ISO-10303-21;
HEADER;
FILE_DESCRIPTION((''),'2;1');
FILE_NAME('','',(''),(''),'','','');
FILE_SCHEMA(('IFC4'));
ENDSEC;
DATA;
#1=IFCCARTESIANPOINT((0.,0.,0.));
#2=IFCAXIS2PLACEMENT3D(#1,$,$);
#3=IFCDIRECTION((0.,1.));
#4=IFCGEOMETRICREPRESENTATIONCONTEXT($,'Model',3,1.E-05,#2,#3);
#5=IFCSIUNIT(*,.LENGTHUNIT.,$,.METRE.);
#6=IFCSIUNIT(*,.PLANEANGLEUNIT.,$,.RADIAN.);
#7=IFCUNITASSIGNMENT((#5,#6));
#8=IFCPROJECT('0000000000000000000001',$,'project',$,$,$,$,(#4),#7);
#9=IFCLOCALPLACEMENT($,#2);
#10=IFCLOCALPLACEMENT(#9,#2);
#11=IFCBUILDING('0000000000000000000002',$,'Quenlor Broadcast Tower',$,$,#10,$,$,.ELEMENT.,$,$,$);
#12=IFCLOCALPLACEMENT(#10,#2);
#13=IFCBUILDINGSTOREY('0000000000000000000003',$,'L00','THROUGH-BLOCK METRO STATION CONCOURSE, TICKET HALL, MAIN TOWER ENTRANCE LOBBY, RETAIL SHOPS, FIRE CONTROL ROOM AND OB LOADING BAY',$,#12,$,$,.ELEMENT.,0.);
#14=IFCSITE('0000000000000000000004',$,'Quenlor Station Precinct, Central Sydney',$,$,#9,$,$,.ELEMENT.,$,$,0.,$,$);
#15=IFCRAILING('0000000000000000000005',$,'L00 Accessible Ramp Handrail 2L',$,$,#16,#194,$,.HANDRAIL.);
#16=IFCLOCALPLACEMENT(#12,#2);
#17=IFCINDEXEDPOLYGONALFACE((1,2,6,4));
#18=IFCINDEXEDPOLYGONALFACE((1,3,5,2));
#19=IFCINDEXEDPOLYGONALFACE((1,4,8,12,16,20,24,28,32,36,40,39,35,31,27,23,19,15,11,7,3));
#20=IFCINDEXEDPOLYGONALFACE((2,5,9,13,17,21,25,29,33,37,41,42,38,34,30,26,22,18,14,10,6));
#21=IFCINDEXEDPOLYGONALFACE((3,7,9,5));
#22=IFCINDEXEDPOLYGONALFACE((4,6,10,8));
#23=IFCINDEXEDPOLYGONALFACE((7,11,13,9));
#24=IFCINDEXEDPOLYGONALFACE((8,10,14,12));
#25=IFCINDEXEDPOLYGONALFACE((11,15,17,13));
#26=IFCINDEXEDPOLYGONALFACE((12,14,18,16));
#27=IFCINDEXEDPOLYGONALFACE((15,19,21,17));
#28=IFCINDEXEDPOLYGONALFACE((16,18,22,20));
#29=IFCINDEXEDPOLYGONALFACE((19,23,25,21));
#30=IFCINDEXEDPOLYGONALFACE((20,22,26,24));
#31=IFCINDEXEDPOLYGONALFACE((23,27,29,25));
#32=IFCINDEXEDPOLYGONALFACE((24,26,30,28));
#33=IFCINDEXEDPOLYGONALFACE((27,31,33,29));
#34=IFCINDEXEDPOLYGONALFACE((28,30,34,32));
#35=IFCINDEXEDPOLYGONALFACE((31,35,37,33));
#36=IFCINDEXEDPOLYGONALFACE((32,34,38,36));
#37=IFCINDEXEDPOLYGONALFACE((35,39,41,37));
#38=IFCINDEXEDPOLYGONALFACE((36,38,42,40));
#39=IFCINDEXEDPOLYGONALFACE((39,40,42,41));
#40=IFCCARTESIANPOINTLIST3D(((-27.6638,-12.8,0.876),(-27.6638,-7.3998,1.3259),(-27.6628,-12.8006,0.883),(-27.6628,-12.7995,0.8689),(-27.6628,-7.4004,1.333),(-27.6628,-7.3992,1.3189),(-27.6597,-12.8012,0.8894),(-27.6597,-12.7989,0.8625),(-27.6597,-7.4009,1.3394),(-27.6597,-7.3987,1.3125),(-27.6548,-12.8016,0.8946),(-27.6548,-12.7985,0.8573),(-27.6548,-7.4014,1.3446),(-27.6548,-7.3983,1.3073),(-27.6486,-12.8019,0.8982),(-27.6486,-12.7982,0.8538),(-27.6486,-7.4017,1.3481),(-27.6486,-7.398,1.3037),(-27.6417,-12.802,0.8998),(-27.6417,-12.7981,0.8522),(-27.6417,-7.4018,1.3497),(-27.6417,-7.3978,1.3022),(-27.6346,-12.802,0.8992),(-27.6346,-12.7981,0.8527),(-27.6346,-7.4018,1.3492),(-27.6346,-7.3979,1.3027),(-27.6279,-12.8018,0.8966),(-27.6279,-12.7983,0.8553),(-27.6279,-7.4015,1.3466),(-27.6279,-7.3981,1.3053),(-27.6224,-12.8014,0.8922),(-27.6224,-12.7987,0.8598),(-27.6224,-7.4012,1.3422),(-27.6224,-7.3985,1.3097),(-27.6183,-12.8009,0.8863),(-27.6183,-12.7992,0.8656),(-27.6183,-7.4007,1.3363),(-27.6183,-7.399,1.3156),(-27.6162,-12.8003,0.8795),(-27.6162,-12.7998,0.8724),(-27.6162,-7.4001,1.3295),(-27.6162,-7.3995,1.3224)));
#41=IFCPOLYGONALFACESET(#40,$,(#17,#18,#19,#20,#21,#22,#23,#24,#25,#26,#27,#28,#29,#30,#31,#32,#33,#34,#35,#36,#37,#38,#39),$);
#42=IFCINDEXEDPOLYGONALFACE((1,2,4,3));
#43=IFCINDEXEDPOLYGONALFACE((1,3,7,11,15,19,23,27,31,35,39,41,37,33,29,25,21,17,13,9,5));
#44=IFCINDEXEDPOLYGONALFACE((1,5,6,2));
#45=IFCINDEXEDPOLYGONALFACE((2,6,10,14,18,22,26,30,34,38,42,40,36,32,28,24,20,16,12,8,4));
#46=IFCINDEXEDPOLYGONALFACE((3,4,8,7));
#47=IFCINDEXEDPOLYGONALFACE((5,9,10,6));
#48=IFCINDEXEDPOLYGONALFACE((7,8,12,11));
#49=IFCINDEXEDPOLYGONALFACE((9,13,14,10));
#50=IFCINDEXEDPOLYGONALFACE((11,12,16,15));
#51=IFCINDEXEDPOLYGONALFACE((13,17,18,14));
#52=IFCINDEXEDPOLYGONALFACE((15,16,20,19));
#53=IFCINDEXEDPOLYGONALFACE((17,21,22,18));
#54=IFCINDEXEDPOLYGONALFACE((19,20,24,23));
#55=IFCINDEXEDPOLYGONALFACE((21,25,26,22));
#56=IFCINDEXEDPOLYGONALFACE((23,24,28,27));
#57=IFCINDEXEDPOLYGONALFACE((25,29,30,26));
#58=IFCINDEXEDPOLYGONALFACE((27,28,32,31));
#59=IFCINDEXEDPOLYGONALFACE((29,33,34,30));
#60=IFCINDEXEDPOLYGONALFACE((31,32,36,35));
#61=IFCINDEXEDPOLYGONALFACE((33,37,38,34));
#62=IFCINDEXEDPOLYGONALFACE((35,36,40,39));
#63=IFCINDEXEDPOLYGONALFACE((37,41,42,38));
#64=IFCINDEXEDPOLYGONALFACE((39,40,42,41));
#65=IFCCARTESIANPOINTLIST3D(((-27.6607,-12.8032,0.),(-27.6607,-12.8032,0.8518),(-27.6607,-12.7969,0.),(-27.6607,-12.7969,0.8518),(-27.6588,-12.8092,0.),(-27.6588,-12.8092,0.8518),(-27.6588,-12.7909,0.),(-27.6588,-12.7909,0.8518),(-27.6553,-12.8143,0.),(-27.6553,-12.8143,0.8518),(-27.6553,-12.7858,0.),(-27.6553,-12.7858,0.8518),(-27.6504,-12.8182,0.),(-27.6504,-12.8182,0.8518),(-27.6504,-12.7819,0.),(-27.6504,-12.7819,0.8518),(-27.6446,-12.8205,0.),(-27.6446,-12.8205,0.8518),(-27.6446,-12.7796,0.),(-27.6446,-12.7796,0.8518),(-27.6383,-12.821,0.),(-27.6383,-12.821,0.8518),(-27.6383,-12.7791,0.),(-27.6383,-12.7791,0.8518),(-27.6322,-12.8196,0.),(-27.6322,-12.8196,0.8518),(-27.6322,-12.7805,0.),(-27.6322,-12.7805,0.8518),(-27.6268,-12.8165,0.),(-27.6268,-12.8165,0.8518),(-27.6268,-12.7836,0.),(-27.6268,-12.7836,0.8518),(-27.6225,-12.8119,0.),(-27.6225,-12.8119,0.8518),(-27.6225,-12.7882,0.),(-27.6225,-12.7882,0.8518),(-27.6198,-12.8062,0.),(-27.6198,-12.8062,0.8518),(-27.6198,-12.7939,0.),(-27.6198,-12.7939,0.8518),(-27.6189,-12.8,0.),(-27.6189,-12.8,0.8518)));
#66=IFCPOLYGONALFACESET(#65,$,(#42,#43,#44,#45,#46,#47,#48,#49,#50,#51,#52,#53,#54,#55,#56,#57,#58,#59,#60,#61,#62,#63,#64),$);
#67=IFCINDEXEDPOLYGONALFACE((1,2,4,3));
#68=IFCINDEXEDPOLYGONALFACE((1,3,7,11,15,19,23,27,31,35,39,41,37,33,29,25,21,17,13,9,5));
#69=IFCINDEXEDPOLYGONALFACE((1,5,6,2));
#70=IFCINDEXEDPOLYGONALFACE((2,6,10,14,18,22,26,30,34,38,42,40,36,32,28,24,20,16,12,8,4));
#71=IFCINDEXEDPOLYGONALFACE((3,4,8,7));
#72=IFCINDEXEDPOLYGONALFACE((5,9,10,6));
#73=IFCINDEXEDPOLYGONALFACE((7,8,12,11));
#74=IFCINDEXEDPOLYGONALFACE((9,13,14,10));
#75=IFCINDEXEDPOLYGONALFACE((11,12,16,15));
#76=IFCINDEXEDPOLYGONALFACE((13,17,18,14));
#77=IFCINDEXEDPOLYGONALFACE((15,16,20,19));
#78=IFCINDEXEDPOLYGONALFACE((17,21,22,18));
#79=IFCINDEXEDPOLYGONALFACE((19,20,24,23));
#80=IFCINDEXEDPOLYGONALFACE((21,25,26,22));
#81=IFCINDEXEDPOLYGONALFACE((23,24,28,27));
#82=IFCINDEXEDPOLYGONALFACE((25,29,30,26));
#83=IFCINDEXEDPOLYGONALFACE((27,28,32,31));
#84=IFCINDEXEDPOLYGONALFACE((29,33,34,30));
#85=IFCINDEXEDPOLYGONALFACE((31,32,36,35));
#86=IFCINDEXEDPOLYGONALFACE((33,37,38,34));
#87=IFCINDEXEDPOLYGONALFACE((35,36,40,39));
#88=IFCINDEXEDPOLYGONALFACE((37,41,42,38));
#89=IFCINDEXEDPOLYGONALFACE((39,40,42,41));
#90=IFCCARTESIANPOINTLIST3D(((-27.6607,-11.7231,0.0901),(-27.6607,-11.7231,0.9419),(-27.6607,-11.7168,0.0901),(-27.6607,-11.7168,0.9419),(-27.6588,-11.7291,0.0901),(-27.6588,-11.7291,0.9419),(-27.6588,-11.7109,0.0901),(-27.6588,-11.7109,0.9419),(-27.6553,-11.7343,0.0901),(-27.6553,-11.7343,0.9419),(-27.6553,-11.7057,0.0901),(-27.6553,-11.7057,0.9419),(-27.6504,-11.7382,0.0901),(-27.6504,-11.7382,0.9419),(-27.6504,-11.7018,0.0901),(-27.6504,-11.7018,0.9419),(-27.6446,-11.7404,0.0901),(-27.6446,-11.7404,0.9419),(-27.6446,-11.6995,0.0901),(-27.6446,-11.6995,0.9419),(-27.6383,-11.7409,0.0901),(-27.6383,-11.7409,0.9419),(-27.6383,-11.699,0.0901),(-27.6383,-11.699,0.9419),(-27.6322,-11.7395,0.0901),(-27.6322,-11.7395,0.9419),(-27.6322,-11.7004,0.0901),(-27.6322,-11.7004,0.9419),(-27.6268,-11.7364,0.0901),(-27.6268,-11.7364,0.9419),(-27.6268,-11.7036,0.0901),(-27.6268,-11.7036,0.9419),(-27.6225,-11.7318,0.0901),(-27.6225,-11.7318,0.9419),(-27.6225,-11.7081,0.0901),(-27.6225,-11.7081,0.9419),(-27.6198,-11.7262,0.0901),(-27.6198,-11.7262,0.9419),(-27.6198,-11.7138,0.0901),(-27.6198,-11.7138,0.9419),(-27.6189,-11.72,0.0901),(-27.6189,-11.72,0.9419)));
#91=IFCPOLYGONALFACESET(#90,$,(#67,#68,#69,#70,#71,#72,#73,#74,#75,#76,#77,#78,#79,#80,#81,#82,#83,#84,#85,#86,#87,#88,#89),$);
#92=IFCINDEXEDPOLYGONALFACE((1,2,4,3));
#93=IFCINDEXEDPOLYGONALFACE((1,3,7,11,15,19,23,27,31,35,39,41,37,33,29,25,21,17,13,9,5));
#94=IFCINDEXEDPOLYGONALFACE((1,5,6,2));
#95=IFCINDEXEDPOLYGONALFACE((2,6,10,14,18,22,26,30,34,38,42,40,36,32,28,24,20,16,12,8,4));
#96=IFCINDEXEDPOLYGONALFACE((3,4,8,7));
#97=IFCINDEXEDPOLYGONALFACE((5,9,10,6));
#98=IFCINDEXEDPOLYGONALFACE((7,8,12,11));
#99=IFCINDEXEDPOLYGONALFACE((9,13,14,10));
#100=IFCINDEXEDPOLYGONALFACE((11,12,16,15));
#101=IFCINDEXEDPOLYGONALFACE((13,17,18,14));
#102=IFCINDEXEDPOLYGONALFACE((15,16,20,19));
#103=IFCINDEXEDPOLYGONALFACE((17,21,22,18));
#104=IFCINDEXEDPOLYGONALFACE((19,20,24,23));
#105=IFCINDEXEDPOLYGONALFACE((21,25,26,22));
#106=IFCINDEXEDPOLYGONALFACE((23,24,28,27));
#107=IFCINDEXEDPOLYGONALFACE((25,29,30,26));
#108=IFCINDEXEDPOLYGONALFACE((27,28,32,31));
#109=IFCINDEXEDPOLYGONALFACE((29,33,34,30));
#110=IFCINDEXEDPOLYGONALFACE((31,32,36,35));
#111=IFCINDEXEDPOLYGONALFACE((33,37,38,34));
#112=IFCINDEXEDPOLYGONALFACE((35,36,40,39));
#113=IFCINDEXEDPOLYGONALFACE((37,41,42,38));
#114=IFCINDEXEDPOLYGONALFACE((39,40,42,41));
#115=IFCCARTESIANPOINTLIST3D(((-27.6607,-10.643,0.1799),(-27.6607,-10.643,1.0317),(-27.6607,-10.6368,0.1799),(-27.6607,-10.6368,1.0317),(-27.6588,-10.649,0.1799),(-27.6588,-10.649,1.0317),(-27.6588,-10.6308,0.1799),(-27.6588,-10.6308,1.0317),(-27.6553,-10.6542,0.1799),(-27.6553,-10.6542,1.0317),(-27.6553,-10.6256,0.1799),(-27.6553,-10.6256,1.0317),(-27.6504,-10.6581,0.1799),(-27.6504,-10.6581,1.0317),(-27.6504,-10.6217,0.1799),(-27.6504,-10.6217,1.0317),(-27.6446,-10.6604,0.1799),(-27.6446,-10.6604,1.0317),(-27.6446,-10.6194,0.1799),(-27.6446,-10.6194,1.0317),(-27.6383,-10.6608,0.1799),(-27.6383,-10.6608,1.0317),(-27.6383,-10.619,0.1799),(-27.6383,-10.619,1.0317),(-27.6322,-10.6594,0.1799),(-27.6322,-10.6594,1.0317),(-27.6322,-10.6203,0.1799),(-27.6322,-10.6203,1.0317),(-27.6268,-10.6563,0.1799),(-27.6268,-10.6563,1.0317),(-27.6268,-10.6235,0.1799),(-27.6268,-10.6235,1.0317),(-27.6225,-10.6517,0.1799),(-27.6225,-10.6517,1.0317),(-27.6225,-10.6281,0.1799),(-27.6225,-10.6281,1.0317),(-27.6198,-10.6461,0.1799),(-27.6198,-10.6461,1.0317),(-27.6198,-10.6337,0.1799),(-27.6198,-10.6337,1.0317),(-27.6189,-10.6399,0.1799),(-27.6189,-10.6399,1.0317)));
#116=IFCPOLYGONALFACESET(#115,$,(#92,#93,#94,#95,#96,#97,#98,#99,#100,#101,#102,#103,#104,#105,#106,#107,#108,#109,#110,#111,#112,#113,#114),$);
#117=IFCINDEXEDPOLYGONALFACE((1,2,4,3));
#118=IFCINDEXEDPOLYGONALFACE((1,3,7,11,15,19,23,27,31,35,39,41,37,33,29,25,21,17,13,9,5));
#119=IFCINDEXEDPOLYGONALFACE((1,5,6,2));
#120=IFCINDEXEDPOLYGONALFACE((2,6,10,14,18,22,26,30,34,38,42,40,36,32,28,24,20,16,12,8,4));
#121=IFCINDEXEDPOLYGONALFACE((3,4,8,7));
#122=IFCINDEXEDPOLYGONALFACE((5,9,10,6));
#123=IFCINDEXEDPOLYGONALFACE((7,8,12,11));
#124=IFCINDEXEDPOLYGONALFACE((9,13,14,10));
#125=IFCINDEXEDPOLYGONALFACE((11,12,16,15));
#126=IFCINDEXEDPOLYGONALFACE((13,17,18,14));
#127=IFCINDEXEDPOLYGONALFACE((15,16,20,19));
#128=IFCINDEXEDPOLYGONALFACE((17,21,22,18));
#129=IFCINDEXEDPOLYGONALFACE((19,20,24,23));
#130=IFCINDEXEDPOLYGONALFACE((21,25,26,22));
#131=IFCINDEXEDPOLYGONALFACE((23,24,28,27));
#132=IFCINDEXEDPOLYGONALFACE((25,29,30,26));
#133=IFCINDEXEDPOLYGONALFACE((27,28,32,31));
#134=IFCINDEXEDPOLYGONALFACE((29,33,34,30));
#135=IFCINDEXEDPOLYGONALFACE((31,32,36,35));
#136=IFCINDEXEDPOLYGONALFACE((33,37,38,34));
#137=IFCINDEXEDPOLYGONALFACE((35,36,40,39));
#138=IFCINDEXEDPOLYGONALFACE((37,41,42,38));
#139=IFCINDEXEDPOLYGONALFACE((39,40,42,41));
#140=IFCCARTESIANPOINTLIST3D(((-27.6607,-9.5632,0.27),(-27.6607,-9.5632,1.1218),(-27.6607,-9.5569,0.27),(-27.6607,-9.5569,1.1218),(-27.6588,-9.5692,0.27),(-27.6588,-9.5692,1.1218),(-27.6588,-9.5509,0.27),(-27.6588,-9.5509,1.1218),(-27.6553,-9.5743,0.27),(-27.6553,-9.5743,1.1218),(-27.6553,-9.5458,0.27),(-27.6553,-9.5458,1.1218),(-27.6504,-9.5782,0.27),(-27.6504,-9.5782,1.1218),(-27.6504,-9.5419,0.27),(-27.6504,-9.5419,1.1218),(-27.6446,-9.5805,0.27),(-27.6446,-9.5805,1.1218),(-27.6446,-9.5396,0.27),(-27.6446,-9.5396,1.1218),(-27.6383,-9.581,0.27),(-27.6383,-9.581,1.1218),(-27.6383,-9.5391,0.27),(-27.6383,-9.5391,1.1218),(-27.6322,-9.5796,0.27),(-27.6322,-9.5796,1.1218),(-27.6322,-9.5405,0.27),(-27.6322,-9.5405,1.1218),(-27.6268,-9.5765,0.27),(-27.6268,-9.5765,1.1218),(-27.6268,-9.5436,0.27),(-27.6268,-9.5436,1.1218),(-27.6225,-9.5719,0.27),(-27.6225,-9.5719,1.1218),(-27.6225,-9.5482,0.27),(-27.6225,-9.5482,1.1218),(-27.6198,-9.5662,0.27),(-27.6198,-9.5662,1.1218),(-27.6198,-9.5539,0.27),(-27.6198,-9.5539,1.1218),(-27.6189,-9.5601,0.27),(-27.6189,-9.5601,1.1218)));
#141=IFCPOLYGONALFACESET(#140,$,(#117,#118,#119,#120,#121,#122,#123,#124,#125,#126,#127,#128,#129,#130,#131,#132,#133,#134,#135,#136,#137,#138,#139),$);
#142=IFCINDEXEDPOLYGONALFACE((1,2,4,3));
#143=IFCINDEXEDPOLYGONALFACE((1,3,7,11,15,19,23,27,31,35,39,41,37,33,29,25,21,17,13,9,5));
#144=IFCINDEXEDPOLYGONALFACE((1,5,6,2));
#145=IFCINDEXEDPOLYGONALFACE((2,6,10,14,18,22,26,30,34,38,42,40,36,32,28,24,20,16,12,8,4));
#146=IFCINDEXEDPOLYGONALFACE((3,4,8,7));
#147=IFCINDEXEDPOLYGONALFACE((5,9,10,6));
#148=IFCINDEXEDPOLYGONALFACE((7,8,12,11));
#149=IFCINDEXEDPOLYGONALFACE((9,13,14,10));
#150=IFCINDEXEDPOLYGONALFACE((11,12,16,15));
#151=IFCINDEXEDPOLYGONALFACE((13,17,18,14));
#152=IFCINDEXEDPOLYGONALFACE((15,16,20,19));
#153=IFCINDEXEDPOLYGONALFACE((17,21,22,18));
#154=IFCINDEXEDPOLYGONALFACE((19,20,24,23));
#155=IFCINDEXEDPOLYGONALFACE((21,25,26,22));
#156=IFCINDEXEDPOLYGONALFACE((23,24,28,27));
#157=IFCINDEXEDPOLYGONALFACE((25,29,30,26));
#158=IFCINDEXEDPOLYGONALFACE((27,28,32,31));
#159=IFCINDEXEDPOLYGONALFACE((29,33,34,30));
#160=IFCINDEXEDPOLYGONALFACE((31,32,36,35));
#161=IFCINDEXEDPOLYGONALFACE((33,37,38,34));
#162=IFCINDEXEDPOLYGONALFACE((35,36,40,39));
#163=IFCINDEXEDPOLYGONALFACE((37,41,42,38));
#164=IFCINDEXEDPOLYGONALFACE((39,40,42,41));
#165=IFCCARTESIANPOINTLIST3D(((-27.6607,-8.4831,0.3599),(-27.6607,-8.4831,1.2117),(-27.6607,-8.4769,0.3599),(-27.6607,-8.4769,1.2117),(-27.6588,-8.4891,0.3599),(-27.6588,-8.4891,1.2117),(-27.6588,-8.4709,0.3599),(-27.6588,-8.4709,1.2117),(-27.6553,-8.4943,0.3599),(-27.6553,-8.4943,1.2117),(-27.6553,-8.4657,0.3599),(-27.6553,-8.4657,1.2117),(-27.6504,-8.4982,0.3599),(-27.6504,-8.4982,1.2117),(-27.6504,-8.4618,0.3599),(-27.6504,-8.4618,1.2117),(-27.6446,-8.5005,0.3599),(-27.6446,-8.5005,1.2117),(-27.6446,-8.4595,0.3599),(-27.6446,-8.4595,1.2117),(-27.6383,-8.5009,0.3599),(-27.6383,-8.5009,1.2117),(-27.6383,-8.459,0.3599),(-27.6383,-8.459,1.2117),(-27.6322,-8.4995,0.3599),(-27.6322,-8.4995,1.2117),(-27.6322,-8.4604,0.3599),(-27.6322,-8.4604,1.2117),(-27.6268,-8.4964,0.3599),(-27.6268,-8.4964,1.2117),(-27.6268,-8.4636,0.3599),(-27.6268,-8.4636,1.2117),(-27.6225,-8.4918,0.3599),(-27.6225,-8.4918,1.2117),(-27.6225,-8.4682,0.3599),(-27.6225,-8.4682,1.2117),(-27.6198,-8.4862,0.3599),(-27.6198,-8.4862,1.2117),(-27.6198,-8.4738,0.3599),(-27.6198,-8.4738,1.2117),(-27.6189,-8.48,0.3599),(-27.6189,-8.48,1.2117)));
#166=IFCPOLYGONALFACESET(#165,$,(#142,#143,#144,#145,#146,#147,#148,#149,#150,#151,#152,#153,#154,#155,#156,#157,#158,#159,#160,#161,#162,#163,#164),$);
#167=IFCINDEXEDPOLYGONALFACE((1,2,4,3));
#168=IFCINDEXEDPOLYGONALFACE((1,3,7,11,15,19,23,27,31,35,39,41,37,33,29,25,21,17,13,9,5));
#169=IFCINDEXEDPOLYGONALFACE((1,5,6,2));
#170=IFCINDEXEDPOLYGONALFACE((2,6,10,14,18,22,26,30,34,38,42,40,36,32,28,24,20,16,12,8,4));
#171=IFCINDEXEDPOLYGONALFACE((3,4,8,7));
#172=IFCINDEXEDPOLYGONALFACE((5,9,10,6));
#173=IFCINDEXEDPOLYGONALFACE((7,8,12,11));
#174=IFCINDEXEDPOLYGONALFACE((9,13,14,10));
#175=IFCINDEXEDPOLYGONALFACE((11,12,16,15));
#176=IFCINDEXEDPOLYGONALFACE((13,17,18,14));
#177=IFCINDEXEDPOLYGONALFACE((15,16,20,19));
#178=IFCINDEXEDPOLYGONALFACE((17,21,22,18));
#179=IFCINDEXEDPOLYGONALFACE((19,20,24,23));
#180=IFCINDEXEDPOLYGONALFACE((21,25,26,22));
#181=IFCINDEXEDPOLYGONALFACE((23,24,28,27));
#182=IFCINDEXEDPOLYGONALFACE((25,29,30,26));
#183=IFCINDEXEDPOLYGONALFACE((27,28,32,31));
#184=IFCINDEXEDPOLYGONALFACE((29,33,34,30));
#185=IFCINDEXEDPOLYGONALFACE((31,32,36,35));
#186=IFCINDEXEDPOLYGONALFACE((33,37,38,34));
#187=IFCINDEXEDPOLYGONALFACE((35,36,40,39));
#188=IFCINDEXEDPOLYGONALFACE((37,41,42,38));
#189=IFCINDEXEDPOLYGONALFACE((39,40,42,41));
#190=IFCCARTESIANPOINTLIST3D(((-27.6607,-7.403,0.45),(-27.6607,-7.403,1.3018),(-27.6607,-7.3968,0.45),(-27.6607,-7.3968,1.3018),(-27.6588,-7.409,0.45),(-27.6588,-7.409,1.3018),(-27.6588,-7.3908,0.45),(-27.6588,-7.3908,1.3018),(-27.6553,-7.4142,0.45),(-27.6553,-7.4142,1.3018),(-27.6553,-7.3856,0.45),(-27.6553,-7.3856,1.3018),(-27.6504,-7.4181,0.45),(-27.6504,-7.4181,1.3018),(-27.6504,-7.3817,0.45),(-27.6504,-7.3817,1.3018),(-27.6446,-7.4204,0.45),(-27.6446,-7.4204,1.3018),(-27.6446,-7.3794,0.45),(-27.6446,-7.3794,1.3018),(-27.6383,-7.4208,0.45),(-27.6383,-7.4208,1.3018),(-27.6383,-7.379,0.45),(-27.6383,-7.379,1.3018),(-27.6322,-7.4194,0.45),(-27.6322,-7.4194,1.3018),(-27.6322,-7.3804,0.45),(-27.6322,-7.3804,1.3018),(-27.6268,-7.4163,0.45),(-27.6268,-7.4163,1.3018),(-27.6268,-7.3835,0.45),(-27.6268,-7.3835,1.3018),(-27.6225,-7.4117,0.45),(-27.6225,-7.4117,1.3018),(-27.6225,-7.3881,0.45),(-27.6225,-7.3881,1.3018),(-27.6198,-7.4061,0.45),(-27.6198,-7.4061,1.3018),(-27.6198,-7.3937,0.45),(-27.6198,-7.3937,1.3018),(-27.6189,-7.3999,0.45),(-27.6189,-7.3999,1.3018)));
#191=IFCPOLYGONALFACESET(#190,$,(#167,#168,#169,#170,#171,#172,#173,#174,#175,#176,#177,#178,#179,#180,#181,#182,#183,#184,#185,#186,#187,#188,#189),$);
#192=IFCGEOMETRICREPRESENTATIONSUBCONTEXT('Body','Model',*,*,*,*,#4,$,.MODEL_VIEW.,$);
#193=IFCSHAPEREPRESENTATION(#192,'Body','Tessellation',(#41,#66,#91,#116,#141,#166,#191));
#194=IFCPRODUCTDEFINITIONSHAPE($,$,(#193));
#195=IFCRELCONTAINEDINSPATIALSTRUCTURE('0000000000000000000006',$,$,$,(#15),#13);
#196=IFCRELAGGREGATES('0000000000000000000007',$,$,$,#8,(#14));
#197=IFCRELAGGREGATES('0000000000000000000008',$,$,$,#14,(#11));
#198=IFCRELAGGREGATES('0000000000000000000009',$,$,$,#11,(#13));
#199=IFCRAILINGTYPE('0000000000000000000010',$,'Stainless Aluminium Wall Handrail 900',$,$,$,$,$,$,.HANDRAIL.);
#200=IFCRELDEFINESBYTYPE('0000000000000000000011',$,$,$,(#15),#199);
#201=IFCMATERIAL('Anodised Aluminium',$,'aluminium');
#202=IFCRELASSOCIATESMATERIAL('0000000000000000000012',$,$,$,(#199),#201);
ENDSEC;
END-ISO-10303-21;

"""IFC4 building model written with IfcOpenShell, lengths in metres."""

from ifc_helpers import new_model, si_unit, direction, frame, origin, origin_2d, place, context, subcontext, project, spatial, circle, extrude, material, type_object, element, save


model = new_model("IFC4")

# Units and contexts
model_context = context("Model", 3, precision=1e-05, world=origin(), true_north=direction((0.0, 1.0)))
body_context = subcontext(model_context, "Body", "Model", "MODEL_VIEW")
ifc_project = project(units=[si_unit("LENGTHUNIT", "METRE"), si_unit("PLANEANGLEUNIT", "RADIAN")], contexts=[model_context])

# Site, building, storey
site_placement = place(None, origin())
site = spatial("IfcSite", under=ifc_project, at=site_placement, Name="Quenlor Station Precinct, Central Sydney", CompositionType="ELEMENT", RefElevation=0.0)
building_placement = place(site_placement, origin())
building = spatial("IfcBuilding", under=site, at=building_placement, Name="Quenlor Broadcast Tower", CompositionType="ELEMENT")
storey_placement = place(building_placement, origin())
storey = spatial("IfcBuildingStorey", under=building, at=storey_placement, Name="L00", Description="THROUGH-BLOCK METRO STATION CONCOURSE, TICKET HALL, MAIN TOWER ENTRANCE LOBBY, RETAIL SHOPS, FIRE CONTROL ROOM AND OB LOADING BAY", CompositionType="ELEMENT", Elevation=0.0)

# Railing
ifc_material_1 = material(Name="Anodised Aluminium", Category="aluminium")
railing_type = type_object("IfcRailingType", Name="Stainless Aluminium Wall Handrail 900", PredefinedType="HANDRAIL", material=ifc_material_1)
for number, where, name in (
    (1, (-27.6399, -12.8, 0.0), "L00 Accessible Ramp Handrail 2L"),
):
    element("IfcRailing", number, at=place(storey_placement, frame(where)), inside=storey, type_object=railing_type, Name=name, PredefinedType="HANDRAIL", context=body_context, shape_type="SweptSolid", body=[
        extrude(circle(Radius=0.0239, at=origin_2d()), frame((0.0, 0.0, 0.876), z_axis=(0.0, 0.996547, 0.083034), x_axis=(-1.0, 0.0, 0.0)), (0.0, 0.0, 1.0), 5.4189),
        extrude(circle(Radius=0.021, at=origin_2d()), origin(), (0.0, 0.0, 1.0), 0.8518),
        extrude(circle(Radius=0.021, at=origin_2d()), frame((0.0, 1.0801, 0.0901)), (0.0, 0.0, 1.0), 0.8518),
        extrude(circle(Radius=0.021, at=origin_2d()), frame((0.0, 2.1602, 0.1799)), (0.0, 0.0, 1.0), 0.8518),
        extrude(circle(Radius=0.021, at=origin_2d()), frame((0.0, 3.24, 0.27)), (0.0, 0.0, 1.0), 0.8518),
        extrude(circle(Radius=0.021, at=origin_2d()), frame((0.0, 4.3201, 0.3599)), (0.0, 0.0, 1.0), 0.8518),
        extrude(circle(Radius=0.021, at=origin_2d()), frame((0.0, 5.4001, 0.45)), (0.0, 0.0, 1.0), 0.8518),
    ])

save(model, "model.ifc")
